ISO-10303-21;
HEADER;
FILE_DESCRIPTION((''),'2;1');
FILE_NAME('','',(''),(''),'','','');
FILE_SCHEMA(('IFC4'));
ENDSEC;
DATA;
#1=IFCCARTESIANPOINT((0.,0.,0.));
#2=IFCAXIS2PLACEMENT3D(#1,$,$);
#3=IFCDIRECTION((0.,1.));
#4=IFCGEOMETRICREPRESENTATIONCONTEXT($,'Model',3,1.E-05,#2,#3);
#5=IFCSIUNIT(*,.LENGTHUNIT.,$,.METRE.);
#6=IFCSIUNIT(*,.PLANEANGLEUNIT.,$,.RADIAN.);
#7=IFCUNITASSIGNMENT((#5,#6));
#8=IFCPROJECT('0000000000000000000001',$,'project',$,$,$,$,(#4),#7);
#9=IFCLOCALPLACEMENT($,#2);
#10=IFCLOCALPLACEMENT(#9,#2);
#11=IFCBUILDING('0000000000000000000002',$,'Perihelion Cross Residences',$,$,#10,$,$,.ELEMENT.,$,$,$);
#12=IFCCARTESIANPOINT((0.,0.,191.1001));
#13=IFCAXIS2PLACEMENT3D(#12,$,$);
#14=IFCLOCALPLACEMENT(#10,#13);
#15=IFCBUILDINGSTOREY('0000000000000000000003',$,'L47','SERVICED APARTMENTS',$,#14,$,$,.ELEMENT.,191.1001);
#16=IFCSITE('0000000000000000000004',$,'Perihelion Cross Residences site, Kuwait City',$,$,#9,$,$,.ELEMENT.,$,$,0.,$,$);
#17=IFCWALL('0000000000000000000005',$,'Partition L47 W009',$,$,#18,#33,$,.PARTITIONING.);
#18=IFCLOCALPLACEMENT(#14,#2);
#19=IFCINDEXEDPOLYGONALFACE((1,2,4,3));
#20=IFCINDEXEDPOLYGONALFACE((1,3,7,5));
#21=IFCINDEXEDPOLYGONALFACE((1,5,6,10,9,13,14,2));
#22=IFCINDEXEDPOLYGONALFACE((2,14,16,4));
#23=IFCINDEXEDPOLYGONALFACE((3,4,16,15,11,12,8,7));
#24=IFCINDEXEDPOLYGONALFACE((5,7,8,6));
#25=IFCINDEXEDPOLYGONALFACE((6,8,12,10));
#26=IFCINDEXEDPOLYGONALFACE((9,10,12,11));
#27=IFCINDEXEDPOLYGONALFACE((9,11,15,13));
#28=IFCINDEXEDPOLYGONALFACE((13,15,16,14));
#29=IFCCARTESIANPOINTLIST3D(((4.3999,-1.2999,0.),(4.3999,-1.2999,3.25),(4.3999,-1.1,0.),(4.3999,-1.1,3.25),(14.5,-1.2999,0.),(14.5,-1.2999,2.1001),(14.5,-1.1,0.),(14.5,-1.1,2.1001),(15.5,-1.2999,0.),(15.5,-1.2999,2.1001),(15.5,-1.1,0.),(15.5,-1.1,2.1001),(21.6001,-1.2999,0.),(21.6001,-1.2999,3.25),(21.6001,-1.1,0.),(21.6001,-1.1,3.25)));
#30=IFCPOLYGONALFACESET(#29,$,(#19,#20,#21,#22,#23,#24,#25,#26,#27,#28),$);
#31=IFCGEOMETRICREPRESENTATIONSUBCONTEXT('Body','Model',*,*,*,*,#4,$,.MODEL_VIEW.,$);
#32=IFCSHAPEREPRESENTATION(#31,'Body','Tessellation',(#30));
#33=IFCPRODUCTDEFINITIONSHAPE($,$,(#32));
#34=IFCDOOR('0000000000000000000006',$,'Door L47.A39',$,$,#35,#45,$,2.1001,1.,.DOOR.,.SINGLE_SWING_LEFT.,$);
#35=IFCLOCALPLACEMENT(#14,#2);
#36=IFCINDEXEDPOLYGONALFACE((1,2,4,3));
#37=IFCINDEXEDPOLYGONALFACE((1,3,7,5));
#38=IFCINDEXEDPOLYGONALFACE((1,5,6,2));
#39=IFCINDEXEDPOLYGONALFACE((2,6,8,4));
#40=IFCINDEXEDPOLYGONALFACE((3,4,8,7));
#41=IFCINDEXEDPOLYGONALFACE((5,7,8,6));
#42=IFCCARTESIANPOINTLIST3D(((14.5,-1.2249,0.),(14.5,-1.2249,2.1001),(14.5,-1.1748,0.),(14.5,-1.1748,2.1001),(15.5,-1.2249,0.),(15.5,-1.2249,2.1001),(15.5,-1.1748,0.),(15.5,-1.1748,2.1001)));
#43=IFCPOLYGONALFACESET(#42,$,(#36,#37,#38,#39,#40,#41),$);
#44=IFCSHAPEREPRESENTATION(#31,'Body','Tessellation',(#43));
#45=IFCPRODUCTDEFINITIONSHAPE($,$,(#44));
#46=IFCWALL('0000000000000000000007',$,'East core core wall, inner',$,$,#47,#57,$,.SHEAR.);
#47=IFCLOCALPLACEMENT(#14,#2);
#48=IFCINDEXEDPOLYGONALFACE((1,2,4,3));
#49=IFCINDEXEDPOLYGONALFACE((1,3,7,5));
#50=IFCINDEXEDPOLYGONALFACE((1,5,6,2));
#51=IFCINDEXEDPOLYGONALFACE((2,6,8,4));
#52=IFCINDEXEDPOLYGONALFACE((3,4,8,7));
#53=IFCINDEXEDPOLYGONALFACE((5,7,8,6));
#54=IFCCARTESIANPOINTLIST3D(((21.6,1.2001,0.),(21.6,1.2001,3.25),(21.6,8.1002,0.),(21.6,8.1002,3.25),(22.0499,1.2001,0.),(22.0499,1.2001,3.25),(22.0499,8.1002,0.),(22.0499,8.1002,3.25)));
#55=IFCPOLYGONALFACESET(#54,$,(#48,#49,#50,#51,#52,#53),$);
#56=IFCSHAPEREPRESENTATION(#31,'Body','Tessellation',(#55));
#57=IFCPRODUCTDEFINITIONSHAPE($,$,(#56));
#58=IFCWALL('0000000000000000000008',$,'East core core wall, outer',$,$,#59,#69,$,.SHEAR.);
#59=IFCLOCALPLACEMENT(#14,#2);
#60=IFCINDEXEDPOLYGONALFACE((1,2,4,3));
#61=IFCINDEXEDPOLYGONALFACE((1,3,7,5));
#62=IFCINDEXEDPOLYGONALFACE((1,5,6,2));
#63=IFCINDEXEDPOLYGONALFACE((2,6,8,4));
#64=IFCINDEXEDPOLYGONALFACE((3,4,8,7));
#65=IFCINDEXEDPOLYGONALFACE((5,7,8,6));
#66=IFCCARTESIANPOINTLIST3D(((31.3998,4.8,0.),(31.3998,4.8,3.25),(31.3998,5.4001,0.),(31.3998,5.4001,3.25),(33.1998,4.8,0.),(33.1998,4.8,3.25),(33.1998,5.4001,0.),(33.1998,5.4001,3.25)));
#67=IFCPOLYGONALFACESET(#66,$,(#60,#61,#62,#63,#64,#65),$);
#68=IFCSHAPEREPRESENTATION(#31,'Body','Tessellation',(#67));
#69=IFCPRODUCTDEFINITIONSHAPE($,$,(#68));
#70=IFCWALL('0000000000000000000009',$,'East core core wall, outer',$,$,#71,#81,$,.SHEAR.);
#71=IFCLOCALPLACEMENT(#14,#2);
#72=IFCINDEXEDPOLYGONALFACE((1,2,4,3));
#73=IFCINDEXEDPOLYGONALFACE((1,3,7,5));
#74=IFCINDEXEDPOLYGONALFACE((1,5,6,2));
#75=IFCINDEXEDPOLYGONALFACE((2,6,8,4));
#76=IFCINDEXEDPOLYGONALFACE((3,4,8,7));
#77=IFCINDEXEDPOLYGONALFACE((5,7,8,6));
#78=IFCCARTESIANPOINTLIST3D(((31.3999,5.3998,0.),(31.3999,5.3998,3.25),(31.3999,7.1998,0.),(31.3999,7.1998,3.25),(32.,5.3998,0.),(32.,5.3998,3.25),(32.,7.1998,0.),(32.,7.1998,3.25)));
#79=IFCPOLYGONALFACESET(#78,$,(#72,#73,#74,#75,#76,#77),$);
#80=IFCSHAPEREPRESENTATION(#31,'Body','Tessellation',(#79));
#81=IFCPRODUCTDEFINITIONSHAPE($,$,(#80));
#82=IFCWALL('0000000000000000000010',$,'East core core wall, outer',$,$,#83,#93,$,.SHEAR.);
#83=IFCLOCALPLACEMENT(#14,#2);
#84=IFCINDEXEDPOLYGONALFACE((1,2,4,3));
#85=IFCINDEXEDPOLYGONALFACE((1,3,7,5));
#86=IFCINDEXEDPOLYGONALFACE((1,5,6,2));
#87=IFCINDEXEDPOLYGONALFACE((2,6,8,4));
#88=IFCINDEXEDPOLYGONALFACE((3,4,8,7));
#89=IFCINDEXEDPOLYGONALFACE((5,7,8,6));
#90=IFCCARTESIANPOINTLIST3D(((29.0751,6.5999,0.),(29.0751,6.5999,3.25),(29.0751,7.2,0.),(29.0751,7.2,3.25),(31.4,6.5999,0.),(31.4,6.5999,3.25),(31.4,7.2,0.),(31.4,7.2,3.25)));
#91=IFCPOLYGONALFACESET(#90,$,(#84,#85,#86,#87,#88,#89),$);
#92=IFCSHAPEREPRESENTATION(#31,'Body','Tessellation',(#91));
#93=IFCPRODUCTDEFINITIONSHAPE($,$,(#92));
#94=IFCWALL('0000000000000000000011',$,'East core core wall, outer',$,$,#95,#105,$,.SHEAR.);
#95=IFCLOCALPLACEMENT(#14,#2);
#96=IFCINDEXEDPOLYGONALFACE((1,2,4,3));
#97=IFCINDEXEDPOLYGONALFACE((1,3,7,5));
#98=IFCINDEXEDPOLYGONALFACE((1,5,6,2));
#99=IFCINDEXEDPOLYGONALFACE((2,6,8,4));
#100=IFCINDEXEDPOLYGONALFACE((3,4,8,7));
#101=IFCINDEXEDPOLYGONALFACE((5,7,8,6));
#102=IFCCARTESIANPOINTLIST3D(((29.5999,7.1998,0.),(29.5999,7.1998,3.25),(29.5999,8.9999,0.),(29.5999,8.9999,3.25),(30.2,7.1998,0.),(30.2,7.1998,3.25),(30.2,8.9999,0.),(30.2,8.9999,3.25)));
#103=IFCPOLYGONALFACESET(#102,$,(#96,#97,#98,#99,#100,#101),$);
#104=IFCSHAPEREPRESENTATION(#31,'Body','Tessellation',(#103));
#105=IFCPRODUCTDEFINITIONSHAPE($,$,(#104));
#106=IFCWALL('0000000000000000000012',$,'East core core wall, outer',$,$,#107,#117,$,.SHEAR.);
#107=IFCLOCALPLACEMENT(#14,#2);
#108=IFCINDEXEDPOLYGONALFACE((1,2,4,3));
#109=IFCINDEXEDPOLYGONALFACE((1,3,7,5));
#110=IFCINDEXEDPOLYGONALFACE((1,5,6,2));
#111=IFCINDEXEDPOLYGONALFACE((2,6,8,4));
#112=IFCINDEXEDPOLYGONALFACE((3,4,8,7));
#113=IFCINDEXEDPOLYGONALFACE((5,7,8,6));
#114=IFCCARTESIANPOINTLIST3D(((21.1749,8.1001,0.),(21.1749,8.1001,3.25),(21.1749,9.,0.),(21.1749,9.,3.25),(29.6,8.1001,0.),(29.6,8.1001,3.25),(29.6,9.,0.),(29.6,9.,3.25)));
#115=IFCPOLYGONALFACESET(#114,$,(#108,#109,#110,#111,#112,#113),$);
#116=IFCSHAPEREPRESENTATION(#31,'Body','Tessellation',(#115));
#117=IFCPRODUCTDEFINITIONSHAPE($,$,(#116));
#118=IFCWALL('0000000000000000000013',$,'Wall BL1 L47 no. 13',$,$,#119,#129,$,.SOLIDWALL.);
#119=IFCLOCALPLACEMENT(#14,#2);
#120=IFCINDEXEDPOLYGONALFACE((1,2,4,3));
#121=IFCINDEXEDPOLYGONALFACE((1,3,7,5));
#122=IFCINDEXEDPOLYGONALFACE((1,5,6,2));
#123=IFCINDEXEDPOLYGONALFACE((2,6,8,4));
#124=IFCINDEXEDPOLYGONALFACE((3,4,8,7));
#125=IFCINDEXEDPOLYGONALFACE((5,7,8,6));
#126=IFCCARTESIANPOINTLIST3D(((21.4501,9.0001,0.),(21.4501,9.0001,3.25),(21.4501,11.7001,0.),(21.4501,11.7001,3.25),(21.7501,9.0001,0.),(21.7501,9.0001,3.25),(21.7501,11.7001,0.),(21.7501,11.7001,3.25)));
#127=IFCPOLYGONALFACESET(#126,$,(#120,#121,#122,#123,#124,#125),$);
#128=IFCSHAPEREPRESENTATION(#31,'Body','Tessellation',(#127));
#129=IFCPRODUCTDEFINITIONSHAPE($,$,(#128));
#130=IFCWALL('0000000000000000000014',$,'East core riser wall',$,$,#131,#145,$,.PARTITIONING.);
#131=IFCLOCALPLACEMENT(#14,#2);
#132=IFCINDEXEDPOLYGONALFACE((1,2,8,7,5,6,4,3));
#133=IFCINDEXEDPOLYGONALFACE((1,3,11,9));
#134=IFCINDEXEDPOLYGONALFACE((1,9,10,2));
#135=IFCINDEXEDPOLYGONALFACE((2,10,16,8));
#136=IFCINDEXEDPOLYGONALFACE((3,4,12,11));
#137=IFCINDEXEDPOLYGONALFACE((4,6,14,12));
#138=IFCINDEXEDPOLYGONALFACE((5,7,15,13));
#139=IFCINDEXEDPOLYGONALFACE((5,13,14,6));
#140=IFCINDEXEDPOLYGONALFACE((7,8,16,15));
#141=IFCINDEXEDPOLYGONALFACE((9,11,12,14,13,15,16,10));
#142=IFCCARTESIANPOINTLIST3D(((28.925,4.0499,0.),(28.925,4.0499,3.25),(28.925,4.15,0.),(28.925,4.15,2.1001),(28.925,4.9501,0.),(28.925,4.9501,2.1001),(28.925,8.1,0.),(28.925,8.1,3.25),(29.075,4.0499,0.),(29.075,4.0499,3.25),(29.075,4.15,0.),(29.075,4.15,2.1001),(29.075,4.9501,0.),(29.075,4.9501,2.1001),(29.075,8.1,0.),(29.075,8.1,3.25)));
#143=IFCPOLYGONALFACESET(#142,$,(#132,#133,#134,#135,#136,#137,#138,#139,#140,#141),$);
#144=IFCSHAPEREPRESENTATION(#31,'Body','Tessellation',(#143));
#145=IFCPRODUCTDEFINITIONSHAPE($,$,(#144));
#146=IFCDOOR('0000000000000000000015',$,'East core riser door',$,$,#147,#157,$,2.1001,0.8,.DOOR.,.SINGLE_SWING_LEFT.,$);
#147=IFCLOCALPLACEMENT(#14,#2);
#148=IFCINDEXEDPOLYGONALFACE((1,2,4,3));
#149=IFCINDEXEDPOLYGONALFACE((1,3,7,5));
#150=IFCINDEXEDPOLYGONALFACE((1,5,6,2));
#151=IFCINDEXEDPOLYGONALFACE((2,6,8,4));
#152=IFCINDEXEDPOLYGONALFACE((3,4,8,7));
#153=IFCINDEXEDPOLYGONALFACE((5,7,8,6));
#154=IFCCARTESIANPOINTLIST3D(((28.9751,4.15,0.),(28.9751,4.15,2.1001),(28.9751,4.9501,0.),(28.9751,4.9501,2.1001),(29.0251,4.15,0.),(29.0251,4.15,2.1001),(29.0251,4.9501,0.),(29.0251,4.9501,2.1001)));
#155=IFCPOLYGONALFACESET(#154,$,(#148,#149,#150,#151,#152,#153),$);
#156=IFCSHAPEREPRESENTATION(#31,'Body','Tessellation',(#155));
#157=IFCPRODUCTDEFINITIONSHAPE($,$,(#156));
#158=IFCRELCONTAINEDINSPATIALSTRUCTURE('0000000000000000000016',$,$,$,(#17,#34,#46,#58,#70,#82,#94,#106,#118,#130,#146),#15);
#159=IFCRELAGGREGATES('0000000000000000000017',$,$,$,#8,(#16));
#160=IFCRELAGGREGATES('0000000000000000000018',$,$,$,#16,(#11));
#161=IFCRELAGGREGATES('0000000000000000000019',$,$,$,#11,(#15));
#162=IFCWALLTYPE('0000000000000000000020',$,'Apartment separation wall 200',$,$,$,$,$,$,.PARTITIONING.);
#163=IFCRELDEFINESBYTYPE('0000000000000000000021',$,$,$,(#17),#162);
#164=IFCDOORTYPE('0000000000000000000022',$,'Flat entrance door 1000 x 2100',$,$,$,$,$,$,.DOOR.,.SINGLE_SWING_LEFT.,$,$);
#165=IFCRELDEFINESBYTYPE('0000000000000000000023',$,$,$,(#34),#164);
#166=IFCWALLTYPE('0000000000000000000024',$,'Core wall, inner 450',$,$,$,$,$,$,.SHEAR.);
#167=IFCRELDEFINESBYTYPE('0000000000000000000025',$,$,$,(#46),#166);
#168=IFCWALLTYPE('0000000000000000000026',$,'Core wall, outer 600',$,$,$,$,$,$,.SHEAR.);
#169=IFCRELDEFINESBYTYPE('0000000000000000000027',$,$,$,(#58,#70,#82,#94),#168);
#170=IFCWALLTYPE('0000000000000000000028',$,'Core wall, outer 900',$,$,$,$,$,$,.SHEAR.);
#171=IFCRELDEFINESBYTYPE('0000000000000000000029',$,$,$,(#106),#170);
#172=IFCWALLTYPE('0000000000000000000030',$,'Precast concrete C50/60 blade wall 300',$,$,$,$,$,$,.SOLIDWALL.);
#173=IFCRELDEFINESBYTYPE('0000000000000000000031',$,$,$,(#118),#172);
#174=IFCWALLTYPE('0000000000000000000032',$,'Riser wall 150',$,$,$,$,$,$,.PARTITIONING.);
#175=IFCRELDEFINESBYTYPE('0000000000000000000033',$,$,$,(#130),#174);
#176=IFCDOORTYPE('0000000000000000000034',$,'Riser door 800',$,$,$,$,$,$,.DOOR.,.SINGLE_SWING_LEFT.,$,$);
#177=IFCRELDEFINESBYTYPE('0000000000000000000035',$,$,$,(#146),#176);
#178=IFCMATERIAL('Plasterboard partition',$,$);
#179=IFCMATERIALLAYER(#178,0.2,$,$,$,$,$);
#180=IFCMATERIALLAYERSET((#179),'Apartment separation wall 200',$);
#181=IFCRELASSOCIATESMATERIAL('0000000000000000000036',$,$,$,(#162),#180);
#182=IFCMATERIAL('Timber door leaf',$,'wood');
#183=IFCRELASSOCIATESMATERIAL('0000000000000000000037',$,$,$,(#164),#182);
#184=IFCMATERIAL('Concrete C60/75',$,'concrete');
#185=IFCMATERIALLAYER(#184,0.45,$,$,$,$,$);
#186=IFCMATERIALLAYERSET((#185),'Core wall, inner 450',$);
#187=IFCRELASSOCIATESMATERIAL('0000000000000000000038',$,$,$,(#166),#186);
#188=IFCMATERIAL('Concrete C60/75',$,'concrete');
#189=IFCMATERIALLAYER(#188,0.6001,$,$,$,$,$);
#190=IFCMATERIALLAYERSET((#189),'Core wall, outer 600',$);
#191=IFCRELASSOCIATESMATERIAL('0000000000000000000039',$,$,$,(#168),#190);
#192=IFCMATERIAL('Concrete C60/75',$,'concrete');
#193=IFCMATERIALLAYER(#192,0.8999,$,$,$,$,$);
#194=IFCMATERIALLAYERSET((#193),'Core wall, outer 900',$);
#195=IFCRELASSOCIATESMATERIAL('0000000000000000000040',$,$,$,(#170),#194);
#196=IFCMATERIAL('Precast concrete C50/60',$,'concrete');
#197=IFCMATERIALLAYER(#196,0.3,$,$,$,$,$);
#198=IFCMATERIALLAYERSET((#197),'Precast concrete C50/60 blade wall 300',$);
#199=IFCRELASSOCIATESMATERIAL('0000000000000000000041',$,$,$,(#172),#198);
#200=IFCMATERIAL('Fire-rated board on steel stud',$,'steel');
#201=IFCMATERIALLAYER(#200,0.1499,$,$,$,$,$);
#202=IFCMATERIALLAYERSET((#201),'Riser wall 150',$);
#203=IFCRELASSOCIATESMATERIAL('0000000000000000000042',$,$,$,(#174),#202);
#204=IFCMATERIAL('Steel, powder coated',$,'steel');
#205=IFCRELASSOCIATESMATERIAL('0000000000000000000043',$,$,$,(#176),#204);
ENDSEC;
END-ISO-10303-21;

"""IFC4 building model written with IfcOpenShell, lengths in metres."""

from ifc_helpers import new_model, si_unit, direction, frame, frame_2d, origin, place, context, subcontext, project, spatial, rectangle, extrude, material, layer, layer_set, type_object, element, fill, save


model = new_model("IFC4")

# Units and contexts
model_context = context("Model", 3, precision=1e-05, world=origin(), true_north=direction((0.0, 1.0)))
body_context = subcontext(model_context, "Body", "Model", "MODEL_VIEW")
ifc_project = project(units=[si_unit("LENGTHUNIT", "METRE"), si_unit("PLANEANGLEUNIT", "RADIAN")], contexts=[model_context])

# Site, building, storey
site_placement = place(None, origin())
site = spatial("IfcSite", under=ifc_project, at=site_placement, Name="Perihelion Cross Residences site, Kuwait City", CompositionType="ELEMENT", RefElevation=0.0)
building_placement = place(site_placement, origin())
building = spatial("IfcBuilding", under=site, at=building_placement, Name="Perihelion Cross Residences", CompositionType="ELEMENT")
storey_placement = place(building_placement, frame((0.0, 0.0, 191.1001)))
storey = spatial("IfcBuildingStorey", under=building, at=storey_placement, Name="L47", Description="SERVICED APARTMENTS", CompositionType="ELEMENT", Elevation=191.1001)

# Wall, opening, door
ifc_material_1 = material(Name="Plasterboard partition")
ifc_layer_1 = layer(ifc_material_1, 0.2)
ifc_layer_set_1 = layer_set([ifc_layer_1], Name="Apartment separation wall 200")
wall_type_1 = type_object("IfcWallType", Name="Apartment separation wall 200", PredefinedType="PARTITIONING", material=ifc_layer_set_1)
wall_1_placement = place(storey_placement, frame((21.6001, -1.2, 0.0), z_axis=(0.0, 0.0, 1.0), x_axis=(-1.0, 0.0, 0.0)))
wall_1 = element("IfcWall", 1, at=wall_1_placement, inside=storey, type_object=wall_type_1, Name="Partition L47 W009", PredefinedType="PARTITIONING", context=body_context, shape_type="SweptSolid", body=[
    extrude(rectangle(XDim=17.2002, YDim=0.2, at=frame_2d((8.6001, 0.0))), origin(), (0.0, 0.0, 1.0), 3.25),
])
opening_1_placement = place(wall_1_placement, frame((6.1001, 0.0, 0.0)))
opening_1 = element("IfcOpeningElement", 2, at=opening_1_placement, cuts=wall_1, PredefinedType="OPENING", context=body_context, shape_type="SweptSolid", body=[
    extrude(rectangle(XDim=1.0, YDim=2.1001, at=frame_2d((0.5, 1.05))), frame((0.0, 0.1099, 0.0), z_axis=(0.0, -1.0, 0.0), x_axis=(1.0, 0.0, 0.0)), (0.0, 0.0, 1.0), 0.22),
])
ifc_material_2 = material(Name="Timber door leaf", Category="wood")
door_type_1 = type_object("IfcDoorType", Name="Flat entrance door 1000 x 2100", OperationType="SINGLE_SWING_LEFT", PredefinedType="DOOR", material=ifc_material_2)
door_1_placement = place(opening_1_placement, origin())
door_1 = element("IfcDoor", 3, at=door_1_placement, inside=storey, type_object=door_type_1, Name="Door L47.A39", OperationType="SINGLE_SWING_LEFT", OverallHeight=2.1001, OverallWidth=1.0, PredefinedType="DOOR", context=body_context, shape_type="SweptSolid", body=[
    extrude(rectangle(XDim=1.0, YDim=2.1001, at=frame_2d((0.5, 1.05))), frame((0.0, 0.0249, 0.0), z_axis=(0.0, -1.0, 0.0), x_axis=(1.0, 0.0, 0.0)), (0.0, 0.0, 1.0), 0.05),
])
fill(opening_1, door_1)

# Walls
ifc_material_3 = material(Name="Concrete C60/75", Category="concrete")
ifc_layer_2 = layer(ifc_material_3, 0.45)
ifc_layer_set_2 = layer_set([ifc_layer_2], Name="Core wall, inner 450")
wall_type_2 = type_object("IfcWallType", Name="Core wall, inner 450", PredefinedType="SHEAR", material=ifc_layer_set_2)
wall_2_placement = place(storey_placement, frame((21.825, 1.2, 0.0), z_axis=(0.0, 0.0, 1.0), x_axis=(0.0, 1.0, 0.0)))
element("IfcWall", 4, at=wall_2_placement, inside=storey, type_object=wall_type_2, Name="East core core wall, inner", PredefinedType="SHEAR", context=body_context, shape_type="SweptSolid", body=[
    extrude(rectangle(XDim=6.9001, YDim=0.45, at=frame_2d((3.4502, 0.0))), origin(), (0.0, 0.0, 1.0), 3.25),
])
ifc_material_4 = material(Name="Concrete C60/75", Category="concrete")
ifc_layer_3 = layer(ifc_material_4, 0.6001)
ifc_layer_set_3 = layer_set([ifc_layer_3], Name="Core wall, outer 600")
wall_type_3 = type_object("IfcWallType", Name="Core wall, outer 600", PredefinedType="SHEAR", material=ifc_layer_set_3)
for number, where, z_axis, x_axis, name in (
    (5, (31.3999, 5.1001, 0.0), (0.0, 0.0, 1.0), (1.0, 0.0, 0.0), "East core core wall, outer"),
    (6, (31.7, 5.3999, 0.0), (0.0, 0.0, 1.0), (0.0, 1.0, 0.0), "East core core wall, outer"),
):
    element("IfcWall", number, at=place(storey_placement, frame(where, z_axis=z_axis, x_axis=x_axis)), inside=storey, type_object=wall_type_3, Name=name, PredefinedType="SHEAR", context=body_context, shape_type="SweptSolid", body=[
        extrude(rectangle(XDim=1.8, YDim=0.6001, at=frame_2d((0.8999, 0.0))), origin(), (0.0, 0.0, 1.0), 3.25),
    ])
wall_3_placement = place(storey_placement, frame((29.075, 6.8999, 0.0), z_axis=(0.0, 0.0, 1.0), x_axis=(1.0, 0.0, 0.0)))
element("IfcWall", 7, at=wall_3_placement, inside=storey, type_object=wall_type_3, Name="East core core wall, outer", PredefinedType="SHEAR", context=body_context, shape_type="SweptSolid", body=[
    extrude(rectangle(XDim=2.325, YDim=0.6001, at=frame_2d((1.1626, 0.0))), origin(), (0.0, 0.0, 1.0), 3.25),
])
wall_4_placement = place(storey_placement, frame((29.8999, 7.2, 0.0), z_axis=(0.0, 0.0, 1.0), x_axis=(0.0, 1.0, 0.0)))
element("IfcWall", 8, at=wall_4_placement, inside=storey, type_object=wall_type_3, Name="East core core wall, outer", PredefinedType="SHEAR", context=body_context, shape_type="SweptSolid", body=[
    extrude(rectangle(XDim=1.8, YDim=0.6001, at=frame_2d((0.8999, 0.0))), origin(), (0.0, 0.0, 1.0), 3.25),
])
ifc_material_5 = material(Name="Concrete C60/75", Category="concrete")
ifc_layer_4 = layer(ifc_material_5, 0.8999)
ifc_layer_set_4 = layer_set([ifc_layer_4], Name="Core wall, outer 900")
wall_type_4 = type_object("IfcWallType", Name="Core wall, outer 900", PredefinedType="SHEAR", material=ifc_layer_set_4)
wall_5_placement = place(storey_placement, frame((21.175, 8.55, 0.0), z_axis=(0.0, 0.0, 1.0), x_axis=(1.0, 0.0, 0.0)))
element("IfcWall", 9, at=wall_5_placement, inside=storey, type_object=wall_type_4, Name="East core core wall, outer", PredefinedType="SHEAR", context=body_context, shape_type="SweptSolid", body=[
    extrude(rectangle(XDim=8.425, YDim=0.8999, at=frame_2d((4.2124, 0.0))), origin(), (0.0, 0.0, 1.0), 3.25),
])
ifc_material_6 = material(Name="Precast concrete C50/60", Category="concrete")
ifc_layer_5 = layer(ifc_material_6, 0.3)
ifc_layer_set_5 = layer_set([ifc_layer_5], Name="Precast concrete C50/60 blade wall 300")
wall_type_5 = type_object("IfcWallType", Name="Precast concrete C50/60 blade wall 300", PredefinedType="SOLIDWALL", material=ifc_layer_set_5)
wall_6_placement = place(storey_placement, frame((21.6001, 9.0, 0.0), z_axis=(0.0, 0.0, 1.0), x_axis=(0.0, 1.0, 0.0)))
element("IfcWall", 10, at=wall_6_placement, inside=storey, type_object=wall_type_5, Name="Wall BL1 L47 no. 13", PredefinedType="SOLIDWALL", context=body_context, shape_type="SweptSolid", body=[
    extrude(rectangle(XDim=2.7, YDim=0.3, at=frame_2d((1.3501, 0.0))), origin(), (0.0, 0.0, 1.0), 3.25),
])

# Wall, opening, door
ifc_material_7 = material(Name="Fire-rated board on steel stud", Category="steel")
ifc_layer_6 = layer(ifc_material_7, 0.1499)
ifc_layer_set_6 = layer_set([ifc_layer_6], Name="Riser wall 150")
wall_type_6 = type_object("IfcWallType", Name="Riser wall 150", PredefinedType="PARTITIONING", material=ifc_layer_set_6)
wall_7_placement = place(storey_placement, frame((29.0, 4.05, 0.0), z_axis=(0.0, 0.0, 1.0), x_axis=(0.0, 1.0, 0.0)))
wall_7 = element("IfcWall", 11, at=wall_7_placement, inside=storey, type_object=wall_type_6, Name="East core riser wall", PredefinedType="PARTITIONING", context=body_context, shape_type="SweptSolid", body=[
    extrude(rectangle(XDim=4.05, YDim=0.1499, at=frame_2d((2.0249, 0.0))), origin(), (0.0, 0.0, 1.0), 3.25),
])
opening_2_placement = place(wall_7_placement, frame((0.1001, 0.0, 0.0)))
opening_2 = element("IfcOpeningElement", 12, at=opening_2_placement, cuts=wall_7, PredefinedType="OPENING", context=body_context, shape_type="SweptSolid", body=[
    extrude(rectangle(XDim=0.8, YDim=2.1001, at=frame_2d((0.3999, 1.05))), frame((0.0, 0.085, 0.0), z_axis=(0.0, -1.0, 0.0), x_axis=(1.0, 0.0, 0.0)), (0.0, 0.0, 1.0), 0.1699),
])
ifc_material_8 = material(Name="Steel, powder coated", Category="steel")
door_type_2 = type_object("IfcDoorType", Name="Riser door 800", OperationType="SINGLE_SWING_LEFT", PredefinedType="DOOR", material=ifc_material_8)
door_2_placement = place(opening_2_placement, origin())
door_2 = element("IfcDoor", 13, at=door_2_placement, inside=storey, type_object=door_type_2, Name="East core riser door", OperationType="SINGLE_SWING_LEFT", OverallHeight=2.1001, OverallWidth=0.8, PredefinedType="DOOR", context=body_context, shape_type="SweptSolid", body=[
    extrude(rectangle(XDim=0.8, YDim=2.1001, at=frame_2d((0.3999, 1.05))), frame((0.0, 0.0249, 0.0), z_axis=(0.0, -1.0, 0.0), x_axis=(1.0, 0.0, 0.0)), (0.0, 0.0, 1.0), 0.05),
])
fill(opening_2, door_2)

save(model, "model.ifc")
